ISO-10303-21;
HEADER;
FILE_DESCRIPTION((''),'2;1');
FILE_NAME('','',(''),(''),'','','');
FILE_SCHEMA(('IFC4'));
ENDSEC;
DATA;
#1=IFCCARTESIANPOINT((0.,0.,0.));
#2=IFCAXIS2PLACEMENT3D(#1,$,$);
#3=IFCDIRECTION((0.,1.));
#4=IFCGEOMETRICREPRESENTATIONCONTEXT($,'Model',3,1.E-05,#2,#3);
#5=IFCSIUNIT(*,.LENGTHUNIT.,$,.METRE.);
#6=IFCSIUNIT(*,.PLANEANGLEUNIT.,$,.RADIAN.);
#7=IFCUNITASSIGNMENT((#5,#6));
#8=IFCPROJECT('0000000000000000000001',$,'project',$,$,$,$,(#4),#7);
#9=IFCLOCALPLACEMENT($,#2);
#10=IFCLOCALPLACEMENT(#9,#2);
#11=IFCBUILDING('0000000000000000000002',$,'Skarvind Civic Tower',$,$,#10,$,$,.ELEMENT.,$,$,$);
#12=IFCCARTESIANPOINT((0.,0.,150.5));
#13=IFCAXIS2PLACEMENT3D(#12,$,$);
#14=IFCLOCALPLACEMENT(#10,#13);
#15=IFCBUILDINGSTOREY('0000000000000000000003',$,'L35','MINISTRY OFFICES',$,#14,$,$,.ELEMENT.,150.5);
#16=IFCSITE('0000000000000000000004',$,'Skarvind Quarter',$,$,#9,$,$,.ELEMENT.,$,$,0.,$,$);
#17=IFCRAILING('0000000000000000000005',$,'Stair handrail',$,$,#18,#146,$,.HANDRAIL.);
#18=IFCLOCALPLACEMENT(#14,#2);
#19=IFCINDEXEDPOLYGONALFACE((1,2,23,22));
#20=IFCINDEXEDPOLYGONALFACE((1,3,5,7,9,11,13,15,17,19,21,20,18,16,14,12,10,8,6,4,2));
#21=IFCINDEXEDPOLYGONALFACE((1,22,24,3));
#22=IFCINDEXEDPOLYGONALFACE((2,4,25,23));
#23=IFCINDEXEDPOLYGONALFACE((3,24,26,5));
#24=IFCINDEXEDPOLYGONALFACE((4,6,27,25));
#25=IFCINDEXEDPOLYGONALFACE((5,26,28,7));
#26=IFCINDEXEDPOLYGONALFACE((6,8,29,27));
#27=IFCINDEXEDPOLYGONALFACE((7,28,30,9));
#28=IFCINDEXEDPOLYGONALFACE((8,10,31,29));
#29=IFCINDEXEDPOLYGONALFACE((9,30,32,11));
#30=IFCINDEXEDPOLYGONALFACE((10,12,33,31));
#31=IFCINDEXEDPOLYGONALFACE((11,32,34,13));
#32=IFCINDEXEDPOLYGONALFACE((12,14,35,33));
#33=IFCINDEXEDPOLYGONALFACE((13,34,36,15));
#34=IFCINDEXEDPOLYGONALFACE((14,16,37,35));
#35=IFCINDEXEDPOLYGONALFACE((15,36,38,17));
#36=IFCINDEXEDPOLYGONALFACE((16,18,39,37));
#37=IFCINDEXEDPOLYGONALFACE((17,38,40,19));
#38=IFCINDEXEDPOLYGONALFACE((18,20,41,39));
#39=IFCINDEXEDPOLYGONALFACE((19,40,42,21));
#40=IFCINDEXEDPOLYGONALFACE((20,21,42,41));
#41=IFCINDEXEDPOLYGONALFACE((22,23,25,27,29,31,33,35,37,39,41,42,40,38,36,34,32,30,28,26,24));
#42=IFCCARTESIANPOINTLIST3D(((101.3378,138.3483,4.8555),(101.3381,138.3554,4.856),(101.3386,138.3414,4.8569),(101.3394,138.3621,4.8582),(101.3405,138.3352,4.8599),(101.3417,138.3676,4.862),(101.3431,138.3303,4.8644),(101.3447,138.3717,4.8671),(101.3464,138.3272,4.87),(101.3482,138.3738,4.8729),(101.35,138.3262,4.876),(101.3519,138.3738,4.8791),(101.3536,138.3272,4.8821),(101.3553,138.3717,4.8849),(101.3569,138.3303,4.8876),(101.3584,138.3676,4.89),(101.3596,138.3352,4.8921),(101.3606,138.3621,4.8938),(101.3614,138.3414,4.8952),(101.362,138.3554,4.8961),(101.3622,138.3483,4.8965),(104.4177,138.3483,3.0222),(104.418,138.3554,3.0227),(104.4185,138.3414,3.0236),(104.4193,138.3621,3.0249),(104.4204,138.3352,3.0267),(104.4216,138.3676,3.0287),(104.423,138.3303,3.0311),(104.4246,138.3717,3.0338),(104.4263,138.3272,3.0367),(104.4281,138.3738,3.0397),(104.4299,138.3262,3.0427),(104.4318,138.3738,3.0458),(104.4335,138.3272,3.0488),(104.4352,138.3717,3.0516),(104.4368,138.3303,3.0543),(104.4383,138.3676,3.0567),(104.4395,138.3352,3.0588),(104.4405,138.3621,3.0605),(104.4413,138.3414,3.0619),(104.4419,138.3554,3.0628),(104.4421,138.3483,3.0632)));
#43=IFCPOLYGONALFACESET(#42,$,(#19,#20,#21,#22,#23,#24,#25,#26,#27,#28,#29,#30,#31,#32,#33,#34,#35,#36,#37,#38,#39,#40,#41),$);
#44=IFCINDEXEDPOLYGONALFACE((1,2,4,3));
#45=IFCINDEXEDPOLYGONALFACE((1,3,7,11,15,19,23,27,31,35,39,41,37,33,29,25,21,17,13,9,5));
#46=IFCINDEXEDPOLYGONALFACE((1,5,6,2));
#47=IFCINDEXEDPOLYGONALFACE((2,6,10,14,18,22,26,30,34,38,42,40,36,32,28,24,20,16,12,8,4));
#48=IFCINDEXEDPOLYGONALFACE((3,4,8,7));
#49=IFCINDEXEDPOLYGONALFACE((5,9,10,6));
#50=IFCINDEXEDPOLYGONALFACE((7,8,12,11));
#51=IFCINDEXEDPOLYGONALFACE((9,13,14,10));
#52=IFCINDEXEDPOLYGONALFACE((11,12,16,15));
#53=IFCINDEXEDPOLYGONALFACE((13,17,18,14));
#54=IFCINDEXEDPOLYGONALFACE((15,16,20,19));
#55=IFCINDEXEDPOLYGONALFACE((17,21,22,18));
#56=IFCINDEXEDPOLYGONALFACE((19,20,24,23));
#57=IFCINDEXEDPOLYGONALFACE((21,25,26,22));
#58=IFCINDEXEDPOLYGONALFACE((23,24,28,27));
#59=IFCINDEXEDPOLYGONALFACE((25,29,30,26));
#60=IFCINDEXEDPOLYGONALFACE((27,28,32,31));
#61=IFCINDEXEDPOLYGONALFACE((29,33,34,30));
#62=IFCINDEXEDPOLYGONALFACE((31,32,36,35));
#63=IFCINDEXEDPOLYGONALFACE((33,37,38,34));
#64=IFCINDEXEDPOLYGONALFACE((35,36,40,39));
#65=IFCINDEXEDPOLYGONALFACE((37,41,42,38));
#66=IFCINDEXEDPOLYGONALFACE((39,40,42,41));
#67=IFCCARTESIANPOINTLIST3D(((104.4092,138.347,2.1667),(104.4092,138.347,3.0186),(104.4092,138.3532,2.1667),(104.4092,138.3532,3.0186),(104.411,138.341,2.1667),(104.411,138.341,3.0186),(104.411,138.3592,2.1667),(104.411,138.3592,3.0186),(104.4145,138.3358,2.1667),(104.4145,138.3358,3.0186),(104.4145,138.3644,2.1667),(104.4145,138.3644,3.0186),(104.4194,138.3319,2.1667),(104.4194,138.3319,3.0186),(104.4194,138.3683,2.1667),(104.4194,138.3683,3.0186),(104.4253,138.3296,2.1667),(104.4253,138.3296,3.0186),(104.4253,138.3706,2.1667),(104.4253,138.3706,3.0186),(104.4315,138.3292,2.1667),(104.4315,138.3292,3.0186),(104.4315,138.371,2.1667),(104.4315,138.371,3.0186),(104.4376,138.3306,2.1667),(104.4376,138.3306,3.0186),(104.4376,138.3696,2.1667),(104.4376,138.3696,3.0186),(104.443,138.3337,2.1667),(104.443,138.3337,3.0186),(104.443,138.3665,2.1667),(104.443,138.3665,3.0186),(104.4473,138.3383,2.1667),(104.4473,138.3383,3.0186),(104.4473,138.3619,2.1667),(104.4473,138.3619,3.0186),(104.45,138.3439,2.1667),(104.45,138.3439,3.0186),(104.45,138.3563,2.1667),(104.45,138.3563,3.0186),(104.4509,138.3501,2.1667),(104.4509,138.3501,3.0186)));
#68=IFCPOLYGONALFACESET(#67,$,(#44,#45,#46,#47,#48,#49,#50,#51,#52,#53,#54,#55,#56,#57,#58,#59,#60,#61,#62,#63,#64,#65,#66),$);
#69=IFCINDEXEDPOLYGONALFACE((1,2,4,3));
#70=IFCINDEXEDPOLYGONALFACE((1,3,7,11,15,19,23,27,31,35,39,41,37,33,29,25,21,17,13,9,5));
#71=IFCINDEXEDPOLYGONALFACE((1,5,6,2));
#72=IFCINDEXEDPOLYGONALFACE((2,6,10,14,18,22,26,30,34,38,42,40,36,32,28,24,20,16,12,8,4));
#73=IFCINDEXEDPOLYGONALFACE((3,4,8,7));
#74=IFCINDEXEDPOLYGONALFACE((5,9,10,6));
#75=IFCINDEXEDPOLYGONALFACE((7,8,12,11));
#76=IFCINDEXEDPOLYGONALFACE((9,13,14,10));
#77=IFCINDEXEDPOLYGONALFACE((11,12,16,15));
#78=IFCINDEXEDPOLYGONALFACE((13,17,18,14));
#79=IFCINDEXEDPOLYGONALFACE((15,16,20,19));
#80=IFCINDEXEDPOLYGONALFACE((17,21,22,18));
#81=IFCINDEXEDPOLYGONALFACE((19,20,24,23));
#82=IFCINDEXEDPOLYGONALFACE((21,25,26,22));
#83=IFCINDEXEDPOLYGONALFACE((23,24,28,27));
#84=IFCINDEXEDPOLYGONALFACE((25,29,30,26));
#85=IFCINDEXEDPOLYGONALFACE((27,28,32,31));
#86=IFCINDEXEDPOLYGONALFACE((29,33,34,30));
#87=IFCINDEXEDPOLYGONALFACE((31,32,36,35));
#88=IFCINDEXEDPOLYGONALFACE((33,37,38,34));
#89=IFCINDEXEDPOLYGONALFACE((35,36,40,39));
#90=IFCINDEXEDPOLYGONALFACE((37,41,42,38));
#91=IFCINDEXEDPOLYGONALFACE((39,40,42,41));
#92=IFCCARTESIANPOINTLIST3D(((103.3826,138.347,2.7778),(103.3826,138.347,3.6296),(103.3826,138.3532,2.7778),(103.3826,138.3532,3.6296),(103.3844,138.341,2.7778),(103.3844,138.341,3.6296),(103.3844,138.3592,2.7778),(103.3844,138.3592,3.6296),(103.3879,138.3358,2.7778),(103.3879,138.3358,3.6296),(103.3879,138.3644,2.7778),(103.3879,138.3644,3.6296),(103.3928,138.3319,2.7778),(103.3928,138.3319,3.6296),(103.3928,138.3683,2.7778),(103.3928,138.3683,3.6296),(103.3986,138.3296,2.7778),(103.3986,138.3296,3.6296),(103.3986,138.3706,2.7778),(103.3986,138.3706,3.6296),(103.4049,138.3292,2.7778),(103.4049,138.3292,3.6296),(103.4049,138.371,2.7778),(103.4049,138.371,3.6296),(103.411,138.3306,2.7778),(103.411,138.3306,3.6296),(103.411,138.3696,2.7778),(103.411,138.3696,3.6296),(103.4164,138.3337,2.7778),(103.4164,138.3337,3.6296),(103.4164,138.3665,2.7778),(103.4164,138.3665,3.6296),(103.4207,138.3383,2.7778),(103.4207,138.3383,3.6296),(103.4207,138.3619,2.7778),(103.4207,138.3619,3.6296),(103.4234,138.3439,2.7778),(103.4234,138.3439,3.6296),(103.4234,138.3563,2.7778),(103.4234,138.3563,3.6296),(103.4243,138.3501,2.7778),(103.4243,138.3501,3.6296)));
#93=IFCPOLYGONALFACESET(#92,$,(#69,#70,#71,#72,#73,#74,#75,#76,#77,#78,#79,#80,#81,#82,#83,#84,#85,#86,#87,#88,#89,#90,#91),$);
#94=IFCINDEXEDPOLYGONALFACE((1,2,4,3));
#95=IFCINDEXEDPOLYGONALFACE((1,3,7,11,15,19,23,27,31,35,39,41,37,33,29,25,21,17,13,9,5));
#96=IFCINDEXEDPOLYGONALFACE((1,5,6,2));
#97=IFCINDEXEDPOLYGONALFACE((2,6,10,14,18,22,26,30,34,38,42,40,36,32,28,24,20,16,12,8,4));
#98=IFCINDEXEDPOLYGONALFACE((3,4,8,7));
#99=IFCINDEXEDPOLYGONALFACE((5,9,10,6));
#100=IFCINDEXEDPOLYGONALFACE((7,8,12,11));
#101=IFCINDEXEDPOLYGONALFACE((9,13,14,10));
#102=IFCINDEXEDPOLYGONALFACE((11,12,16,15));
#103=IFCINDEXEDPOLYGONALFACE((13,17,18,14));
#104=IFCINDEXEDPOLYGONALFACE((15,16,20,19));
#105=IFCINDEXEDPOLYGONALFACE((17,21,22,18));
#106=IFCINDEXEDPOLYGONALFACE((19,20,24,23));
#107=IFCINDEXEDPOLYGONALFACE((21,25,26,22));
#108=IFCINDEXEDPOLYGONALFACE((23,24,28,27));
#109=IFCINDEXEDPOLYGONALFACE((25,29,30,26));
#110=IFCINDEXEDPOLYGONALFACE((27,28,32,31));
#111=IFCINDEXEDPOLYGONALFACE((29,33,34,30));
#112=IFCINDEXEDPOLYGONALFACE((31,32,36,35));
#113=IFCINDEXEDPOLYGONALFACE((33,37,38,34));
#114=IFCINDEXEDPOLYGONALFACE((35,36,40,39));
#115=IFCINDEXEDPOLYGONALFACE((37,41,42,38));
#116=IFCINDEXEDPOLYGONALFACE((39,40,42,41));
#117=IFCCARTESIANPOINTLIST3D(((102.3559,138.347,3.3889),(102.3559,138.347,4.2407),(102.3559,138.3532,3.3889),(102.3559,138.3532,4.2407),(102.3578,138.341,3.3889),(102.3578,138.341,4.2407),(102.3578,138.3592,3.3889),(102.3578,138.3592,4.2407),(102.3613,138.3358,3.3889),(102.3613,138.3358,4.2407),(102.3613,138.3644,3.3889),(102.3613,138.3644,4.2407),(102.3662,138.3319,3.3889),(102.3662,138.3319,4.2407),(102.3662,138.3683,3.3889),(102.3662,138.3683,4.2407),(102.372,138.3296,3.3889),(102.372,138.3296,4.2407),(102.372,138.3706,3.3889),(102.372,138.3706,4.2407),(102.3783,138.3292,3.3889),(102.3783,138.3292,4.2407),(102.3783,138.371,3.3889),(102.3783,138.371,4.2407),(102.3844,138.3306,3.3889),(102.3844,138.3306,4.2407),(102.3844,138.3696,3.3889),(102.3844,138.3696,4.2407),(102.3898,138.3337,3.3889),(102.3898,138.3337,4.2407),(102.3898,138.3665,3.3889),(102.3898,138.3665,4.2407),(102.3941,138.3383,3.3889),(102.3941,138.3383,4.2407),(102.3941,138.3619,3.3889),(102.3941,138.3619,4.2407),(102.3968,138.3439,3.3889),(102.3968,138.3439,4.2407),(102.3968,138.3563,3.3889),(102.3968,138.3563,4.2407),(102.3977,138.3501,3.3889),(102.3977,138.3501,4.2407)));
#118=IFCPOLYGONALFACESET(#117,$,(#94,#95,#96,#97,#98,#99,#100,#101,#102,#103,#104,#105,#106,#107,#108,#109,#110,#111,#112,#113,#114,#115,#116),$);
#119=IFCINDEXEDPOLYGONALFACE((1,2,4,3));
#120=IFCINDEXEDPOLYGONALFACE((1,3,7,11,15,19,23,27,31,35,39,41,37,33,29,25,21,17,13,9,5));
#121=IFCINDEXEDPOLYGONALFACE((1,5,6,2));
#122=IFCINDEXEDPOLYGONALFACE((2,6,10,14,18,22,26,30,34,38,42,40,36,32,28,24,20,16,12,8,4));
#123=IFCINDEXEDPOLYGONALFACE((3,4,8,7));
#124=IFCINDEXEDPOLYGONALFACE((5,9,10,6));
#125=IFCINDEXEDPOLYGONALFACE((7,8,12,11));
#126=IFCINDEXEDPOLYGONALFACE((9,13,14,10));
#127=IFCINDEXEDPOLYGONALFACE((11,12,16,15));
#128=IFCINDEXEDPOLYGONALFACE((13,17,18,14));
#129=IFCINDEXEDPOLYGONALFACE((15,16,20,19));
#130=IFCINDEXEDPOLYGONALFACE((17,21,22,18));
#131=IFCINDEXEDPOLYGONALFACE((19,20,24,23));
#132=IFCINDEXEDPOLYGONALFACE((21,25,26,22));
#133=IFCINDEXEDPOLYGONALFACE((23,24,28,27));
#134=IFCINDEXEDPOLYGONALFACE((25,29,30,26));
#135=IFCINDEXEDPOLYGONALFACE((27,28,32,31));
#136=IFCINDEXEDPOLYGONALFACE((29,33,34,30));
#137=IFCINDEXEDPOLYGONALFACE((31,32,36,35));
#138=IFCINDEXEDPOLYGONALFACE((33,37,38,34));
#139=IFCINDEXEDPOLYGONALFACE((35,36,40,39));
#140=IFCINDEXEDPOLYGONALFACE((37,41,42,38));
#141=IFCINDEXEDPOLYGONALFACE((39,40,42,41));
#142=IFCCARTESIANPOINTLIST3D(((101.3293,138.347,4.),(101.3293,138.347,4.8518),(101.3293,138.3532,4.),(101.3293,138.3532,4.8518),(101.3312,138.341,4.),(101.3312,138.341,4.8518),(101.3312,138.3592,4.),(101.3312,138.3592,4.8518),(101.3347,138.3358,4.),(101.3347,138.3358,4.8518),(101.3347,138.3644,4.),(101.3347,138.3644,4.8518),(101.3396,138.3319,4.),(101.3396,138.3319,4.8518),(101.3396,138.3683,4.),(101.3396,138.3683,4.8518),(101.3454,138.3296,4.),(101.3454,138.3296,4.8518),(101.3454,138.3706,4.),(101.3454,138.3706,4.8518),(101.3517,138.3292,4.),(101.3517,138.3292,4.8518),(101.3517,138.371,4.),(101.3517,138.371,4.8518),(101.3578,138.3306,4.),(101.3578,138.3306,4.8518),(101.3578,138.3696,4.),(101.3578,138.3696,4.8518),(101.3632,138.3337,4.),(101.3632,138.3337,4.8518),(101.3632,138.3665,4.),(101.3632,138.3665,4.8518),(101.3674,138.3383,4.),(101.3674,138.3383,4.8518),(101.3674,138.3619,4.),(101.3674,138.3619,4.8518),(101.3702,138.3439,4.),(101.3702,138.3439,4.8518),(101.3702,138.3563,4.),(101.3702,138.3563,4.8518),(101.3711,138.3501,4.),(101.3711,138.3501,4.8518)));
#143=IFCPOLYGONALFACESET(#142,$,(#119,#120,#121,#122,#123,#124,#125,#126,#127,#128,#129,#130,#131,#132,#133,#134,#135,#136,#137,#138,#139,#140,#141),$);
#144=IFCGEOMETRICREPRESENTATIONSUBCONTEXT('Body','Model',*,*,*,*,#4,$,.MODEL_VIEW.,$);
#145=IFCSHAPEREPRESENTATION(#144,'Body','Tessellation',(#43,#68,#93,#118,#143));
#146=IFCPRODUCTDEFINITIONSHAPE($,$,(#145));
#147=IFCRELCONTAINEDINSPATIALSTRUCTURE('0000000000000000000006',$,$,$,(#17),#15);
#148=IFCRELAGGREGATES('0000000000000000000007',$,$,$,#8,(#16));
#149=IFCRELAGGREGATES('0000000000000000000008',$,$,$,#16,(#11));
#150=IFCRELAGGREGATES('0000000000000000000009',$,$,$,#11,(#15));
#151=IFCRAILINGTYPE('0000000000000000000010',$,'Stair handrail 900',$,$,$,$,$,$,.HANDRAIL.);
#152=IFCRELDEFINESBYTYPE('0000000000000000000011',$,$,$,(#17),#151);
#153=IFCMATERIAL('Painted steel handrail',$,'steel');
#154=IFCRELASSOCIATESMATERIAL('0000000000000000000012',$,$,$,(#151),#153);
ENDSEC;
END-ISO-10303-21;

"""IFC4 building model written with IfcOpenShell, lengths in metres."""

from ifc_helpers import new_model, si_unit, direction, frame, origin, origin_2d, place, context, subcontext, project, spatial, circle, extrude, material, type_object, element, save


model = new_model("IFC4")

# Units and contexts
model_context = context("Model", 3, precision=1e-05, world=origin(), true_north=direction((0.0, 1.0)))
body_context = subcontext(model_context, "Body", "Model", "MODEL_VIEW")
ifc_project = project(units=[si_unit("LENGTHUNIT", "METRE"), si_unit("PLANEANGLEUNIT", "RADIAN")], contexts=[model_context])

# Site, building, storey
site_placement = place(None, origin())
site = spatial("IfcSite", under=ifc_project, at=site_placement, Name="Skarvind Quarter", CompositionType="ELEMENT", RefElevation=0.0)
building_placement = place(site_placement, origin())
building = spatial("IfcBuilding", under=site, at=building_placement, Name="Skarvind Civic Tower", CompositionType="ELEMENT")
storey_placement = place(building_placement, frame((0.0, 0.0, 150.5)))
storey = spatial("IfcBuildingStorey", under=building, at=storey_placement, Name="L35", Description="MINISTRY OFFICES", CompositionType="ELEMENT", Elevation=150.5)

# Railing
ifc_material_1 = material(Name="Painted steel handrail", Category="steel")
railing_type = type_object("IfcRailingType", Name="Stair handrail 900", PredefinedType="HANDRAIL", material=ifc_material_1)
railing_1_placement = place(storey_placement, frame((104.4299, 138.3501, 2.1667)))
element("IfcRailing", 1, at=railing_1_placement, inside=storey, type_object=railing_type, Name="Stair handrail", PredefinedType="HANDRAIL", context=body_context, shape_type="SweptSolid", body=[
    extrude(circle(Radius=0.0239, at=origin_2d()), frame((0.0, 0.0, 0.876), z_axis=(-0.859291, 0.0, 0.511487), x_axis=(0.0, -1.0, 0.0)), (0.0, 0.0, 1.0), 3.5842),
    extrude(circle(Radius=0.021, at=origin_2d()), origin(), (0.0, 0.0, 1.0), 0.8518),
    extrude(circle(Radius=0.021, at=origin_2d()), frame((-1.0266, 0.0, 0.6111)), (0.0, 0.0, 1.0), 0.8518),
    extrude(circle(Radius=0.021, at=origin_2d()), frame((-2.0532, 0.0, 1.2222)), (0.0, 0.0, 1.0), 0.8518),
    extrude(circle(Radius=0.021, at=origin_2d()), frame((-3.0798, 0.0, 1.8333)), (0.0, 0.0, 1.0), 0.8518),
])

save(model, "model.ifc")
